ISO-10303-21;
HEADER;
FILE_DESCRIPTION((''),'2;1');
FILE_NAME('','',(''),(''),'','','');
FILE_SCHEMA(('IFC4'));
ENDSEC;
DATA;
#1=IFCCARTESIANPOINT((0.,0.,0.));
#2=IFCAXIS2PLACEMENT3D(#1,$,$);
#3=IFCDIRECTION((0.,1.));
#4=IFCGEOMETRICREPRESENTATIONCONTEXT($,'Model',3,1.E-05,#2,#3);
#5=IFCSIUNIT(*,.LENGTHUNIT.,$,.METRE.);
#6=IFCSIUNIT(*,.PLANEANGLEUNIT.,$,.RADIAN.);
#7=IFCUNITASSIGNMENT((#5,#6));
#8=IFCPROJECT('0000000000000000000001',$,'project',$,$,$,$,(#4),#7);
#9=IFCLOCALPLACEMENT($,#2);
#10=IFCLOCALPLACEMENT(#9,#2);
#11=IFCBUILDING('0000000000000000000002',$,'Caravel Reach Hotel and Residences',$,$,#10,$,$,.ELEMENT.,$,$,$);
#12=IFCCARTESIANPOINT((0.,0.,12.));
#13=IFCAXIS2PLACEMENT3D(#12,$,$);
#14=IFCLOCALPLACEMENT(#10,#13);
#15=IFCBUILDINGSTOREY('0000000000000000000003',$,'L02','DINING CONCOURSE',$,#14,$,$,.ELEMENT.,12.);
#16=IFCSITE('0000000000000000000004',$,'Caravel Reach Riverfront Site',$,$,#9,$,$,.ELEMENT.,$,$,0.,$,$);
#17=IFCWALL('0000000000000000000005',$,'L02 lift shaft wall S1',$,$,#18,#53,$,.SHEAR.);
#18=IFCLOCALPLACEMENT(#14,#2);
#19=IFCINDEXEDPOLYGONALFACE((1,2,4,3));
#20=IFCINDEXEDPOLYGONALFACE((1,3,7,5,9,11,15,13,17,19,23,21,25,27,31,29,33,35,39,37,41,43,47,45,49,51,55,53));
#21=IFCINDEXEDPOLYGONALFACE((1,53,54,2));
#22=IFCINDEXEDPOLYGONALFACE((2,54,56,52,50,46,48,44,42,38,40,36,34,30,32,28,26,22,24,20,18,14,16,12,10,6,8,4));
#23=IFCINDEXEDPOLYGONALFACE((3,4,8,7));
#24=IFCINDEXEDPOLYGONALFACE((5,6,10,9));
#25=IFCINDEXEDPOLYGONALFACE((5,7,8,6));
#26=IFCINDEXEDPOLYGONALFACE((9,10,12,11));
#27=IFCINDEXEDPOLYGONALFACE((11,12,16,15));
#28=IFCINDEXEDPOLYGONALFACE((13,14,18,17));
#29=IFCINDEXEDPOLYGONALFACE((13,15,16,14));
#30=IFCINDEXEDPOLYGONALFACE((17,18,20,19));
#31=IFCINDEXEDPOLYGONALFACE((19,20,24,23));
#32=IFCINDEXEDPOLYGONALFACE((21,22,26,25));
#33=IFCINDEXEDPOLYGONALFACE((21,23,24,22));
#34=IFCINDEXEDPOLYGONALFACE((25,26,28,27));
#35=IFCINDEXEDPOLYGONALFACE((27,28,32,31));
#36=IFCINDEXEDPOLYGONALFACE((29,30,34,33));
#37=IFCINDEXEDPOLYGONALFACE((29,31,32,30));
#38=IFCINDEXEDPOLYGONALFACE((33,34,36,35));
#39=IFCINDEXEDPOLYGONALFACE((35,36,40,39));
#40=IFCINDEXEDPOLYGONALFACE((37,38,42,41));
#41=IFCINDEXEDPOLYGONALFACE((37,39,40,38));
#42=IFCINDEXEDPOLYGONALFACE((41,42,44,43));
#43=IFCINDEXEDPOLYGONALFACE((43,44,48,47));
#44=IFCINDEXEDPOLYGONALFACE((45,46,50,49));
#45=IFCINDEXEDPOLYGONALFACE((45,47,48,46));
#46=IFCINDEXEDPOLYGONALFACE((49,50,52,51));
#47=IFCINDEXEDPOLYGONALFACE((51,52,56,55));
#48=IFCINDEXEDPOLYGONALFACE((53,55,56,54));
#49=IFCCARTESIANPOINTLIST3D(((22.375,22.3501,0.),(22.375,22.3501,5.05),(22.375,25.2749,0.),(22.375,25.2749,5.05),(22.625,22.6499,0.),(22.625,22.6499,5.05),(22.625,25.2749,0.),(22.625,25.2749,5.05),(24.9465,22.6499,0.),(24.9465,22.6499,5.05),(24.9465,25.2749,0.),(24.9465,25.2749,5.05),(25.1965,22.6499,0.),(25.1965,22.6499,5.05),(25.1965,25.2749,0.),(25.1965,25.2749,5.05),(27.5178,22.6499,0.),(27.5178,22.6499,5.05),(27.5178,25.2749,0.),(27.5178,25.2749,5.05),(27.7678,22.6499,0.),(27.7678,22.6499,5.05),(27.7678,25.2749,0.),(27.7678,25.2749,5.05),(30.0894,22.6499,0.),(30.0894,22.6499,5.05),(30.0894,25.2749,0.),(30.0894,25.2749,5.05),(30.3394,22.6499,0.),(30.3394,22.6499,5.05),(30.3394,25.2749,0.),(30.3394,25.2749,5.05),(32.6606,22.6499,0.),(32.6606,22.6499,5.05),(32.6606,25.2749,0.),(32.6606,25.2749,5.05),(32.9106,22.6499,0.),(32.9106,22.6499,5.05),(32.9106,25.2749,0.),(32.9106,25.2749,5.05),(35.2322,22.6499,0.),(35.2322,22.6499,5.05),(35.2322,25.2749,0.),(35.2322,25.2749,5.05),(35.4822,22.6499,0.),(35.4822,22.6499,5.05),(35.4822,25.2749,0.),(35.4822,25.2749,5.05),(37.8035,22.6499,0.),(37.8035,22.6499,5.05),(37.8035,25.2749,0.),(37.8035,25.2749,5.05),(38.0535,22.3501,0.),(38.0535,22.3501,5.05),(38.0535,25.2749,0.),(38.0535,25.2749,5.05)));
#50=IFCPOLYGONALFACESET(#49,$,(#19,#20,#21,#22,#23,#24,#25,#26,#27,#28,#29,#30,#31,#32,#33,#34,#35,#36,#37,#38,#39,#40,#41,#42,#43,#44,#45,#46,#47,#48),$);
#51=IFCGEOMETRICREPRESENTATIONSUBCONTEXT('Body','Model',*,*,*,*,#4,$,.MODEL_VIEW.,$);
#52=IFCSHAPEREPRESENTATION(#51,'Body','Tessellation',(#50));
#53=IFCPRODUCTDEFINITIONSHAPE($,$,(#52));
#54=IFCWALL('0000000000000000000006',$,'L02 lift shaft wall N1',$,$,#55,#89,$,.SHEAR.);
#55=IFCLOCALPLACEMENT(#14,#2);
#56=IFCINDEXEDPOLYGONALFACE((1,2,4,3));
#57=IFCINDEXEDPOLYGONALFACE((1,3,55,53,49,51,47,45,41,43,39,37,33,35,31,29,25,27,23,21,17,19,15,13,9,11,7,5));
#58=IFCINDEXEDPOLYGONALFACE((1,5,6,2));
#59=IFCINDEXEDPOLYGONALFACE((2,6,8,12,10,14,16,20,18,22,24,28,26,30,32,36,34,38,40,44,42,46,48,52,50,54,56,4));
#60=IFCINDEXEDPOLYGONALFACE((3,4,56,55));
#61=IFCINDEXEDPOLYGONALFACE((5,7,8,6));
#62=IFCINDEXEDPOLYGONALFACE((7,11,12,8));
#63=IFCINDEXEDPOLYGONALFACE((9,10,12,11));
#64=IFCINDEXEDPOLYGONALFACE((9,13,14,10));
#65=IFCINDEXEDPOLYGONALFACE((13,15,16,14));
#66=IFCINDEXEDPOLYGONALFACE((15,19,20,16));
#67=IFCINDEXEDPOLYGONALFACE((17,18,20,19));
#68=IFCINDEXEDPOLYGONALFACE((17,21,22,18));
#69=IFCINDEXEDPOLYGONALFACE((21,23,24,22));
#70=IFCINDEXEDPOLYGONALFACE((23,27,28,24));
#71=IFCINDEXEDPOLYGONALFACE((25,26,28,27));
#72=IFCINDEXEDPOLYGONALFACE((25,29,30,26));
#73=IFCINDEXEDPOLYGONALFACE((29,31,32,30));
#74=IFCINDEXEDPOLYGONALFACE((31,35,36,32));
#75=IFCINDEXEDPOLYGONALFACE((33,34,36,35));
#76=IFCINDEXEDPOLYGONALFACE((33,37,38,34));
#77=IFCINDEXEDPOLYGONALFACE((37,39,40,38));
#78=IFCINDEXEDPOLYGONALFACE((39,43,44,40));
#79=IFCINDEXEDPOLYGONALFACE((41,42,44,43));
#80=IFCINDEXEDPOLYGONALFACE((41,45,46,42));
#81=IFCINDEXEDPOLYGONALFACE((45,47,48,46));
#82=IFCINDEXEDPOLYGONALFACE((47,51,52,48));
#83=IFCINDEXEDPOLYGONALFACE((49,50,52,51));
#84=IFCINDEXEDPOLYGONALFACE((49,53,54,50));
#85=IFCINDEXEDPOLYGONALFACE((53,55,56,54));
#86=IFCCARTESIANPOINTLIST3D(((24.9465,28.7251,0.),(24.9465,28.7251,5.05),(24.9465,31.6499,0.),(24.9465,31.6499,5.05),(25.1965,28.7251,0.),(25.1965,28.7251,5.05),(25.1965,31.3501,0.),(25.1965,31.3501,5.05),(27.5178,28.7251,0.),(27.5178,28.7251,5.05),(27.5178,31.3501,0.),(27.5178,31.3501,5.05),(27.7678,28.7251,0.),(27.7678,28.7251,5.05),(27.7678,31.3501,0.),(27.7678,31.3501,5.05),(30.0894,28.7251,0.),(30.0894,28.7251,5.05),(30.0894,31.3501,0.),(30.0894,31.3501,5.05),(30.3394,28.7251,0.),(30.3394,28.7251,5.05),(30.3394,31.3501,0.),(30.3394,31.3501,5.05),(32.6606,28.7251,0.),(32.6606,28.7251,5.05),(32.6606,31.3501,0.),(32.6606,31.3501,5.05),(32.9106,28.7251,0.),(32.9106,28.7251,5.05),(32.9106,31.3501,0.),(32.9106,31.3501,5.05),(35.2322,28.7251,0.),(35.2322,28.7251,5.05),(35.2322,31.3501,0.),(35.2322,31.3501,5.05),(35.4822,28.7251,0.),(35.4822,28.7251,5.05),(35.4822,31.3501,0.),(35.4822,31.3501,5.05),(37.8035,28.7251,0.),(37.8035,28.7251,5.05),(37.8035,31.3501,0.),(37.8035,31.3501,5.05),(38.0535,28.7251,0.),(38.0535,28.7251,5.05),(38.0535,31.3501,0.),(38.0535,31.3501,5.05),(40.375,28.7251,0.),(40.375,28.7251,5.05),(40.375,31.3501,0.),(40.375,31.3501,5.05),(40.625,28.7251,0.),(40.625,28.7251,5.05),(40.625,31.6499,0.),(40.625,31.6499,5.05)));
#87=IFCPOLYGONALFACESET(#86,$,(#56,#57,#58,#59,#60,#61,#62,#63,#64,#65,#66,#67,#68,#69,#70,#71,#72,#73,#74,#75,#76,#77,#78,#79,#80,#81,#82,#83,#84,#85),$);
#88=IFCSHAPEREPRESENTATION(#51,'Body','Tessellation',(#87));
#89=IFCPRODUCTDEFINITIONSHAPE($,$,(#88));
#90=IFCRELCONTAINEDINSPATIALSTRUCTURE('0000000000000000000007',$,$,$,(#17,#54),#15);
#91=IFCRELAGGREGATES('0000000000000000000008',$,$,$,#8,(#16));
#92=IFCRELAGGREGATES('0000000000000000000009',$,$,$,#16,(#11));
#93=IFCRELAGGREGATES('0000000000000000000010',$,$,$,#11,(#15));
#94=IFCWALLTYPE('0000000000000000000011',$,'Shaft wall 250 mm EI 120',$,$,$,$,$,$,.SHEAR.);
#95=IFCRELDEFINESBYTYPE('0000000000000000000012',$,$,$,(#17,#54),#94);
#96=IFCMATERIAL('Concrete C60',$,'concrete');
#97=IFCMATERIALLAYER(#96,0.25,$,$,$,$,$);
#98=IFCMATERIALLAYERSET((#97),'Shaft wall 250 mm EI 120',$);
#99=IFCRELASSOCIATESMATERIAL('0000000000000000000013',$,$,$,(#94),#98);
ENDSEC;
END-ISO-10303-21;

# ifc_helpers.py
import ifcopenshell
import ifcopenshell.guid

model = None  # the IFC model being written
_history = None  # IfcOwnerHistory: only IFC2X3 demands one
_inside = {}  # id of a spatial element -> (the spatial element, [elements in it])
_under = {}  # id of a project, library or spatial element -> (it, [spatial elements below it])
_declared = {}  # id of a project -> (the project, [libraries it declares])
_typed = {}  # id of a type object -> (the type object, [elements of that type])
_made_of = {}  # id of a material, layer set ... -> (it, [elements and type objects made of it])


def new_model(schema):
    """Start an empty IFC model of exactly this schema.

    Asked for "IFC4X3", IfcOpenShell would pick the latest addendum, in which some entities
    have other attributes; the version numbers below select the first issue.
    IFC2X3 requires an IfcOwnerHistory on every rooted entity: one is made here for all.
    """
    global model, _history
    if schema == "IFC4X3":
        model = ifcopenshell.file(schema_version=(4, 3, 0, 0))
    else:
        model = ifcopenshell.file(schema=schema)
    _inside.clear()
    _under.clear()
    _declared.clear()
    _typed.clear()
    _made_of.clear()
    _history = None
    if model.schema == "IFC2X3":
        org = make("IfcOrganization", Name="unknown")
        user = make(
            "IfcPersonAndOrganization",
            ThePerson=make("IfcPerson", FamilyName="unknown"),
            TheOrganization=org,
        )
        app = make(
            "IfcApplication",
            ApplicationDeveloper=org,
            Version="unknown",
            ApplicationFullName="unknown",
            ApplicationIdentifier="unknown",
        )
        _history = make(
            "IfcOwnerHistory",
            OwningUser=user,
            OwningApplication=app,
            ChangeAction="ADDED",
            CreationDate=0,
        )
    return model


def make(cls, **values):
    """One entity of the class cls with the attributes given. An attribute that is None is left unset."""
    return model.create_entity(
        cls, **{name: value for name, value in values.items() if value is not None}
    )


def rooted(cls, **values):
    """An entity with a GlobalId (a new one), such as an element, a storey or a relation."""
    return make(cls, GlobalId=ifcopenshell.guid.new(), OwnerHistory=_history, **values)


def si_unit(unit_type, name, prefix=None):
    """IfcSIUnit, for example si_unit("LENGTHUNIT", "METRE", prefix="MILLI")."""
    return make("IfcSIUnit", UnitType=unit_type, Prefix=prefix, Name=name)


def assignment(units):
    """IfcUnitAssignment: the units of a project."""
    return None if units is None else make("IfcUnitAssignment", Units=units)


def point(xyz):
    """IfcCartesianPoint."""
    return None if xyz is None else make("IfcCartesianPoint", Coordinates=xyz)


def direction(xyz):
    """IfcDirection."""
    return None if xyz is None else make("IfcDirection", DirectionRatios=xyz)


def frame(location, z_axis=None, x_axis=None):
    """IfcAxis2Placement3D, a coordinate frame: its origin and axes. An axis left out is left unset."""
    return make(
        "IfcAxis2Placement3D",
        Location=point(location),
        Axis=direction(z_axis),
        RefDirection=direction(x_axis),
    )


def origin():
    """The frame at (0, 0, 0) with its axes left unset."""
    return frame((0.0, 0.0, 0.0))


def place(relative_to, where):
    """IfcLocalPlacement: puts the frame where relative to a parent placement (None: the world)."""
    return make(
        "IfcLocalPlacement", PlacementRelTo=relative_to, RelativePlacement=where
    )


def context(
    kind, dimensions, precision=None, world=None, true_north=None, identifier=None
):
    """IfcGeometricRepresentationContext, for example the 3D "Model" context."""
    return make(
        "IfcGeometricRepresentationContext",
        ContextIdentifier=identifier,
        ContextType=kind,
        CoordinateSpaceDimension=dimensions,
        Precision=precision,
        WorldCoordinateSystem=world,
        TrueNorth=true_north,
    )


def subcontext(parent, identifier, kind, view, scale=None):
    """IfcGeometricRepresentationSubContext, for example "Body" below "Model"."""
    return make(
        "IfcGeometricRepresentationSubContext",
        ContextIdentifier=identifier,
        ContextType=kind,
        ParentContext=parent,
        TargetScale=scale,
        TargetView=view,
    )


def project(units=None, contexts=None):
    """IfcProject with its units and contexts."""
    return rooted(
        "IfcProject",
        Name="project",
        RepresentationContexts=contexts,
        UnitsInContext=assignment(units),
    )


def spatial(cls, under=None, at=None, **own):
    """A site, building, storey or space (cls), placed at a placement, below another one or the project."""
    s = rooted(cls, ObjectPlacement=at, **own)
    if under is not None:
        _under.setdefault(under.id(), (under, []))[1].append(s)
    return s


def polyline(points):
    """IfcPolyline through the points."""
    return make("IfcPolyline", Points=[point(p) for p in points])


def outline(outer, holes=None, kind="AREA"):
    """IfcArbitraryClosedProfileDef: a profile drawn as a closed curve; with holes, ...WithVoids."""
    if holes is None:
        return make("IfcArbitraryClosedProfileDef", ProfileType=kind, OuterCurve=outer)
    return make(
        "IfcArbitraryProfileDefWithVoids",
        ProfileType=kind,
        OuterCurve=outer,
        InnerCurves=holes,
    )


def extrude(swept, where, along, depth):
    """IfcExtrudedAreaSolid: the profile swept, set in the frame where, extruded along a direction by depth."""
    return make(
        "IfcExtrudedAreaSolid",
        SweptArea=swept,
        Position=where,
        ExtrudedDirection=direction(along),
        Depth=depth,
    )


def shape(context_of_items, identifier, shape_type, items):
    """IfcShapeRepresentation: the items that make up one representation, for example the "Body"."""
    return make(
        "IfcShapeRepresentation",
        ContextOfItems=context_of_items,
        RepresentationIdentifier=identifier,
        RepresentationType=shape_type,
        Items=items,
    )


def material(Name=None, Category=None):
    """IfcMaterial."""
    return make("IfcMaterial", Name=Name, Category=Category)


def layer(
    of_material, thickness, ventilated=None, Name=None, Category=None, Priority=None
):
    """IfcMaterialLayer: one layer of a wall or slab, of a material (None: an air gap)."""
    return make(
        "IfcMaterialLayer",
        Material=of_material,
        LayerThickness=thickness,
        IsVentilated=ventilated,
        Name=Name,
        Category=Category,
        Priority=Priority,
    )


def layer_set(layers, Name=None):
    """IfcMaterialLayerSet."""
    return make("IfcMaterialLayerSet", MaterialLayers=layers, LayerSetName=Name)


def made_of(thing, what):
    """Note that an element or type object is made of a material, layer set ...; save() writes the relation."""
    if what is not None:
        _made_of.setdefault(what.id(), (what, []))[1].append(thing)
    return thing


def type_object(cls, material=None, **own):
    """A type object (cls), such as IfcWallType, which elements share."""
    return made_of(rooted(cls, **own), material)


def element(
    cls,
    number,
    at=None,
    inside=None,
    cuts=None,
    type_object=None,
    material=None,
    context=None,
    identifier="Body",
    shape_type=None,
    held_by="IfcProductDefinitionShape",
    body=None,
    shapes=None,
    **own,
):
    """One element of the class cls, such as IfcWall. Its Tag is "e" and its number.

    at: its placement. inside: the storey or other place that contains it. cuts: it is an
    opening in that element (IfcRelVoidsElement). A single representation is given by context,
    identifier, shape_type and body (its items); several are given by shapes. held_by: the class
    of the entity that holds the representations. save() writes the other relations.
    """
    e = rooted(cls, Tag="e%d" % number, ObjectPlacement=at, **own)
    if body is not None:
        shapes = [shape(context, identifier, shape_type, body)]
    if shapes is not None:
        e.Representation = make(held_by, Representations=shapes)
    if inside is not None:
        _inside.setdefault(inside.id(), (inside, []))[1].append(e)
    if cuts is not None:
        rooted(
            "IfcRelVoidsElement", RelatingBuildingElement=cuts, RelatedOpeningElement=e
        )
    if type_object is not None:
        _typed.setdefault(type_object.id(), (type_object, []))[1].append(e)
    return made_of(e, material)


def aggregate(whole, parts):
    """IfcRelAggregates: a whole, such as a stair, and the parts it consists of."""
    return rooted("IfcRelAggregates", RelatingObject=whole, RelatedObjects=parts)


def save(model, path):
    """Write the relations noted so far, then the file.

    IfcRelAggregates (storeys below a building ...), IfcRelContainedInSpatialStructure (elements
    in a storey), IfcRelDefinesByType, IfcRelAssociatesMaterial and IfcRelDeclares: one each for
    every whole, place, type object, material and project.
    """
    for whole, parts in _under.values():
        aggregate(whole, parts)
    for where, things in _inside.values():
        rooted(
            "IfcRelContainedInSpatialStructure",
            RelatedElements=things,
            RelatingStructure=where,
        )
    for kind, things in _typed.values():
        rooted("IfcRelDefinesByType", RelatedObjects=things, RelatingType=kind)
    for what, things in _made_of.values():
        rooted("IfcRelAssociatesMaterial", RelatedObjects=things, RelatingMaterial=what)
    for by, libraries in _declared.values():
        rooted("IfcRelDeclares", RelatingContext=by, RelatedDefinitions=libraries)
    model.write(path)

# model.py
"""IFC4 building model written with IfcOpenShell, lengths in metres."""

from ifc_helpers import new_model, si_unit, direction, frame, origin, place, context, subcontext, project, spatial, polyline, outline, extrude, material, layer, layer_set, type_object, element, save


model = new_model("IFC4")

# Units and contexts
model_context = context("Model", 3, precision=1e-05, world=origin(), true_north=direction((0.0, 1.0)))
body_context = subcontext(model_context, "Body", "Model", "MODEL_VIEW")
ifc_project = project(units=[si_unit("LENGTHUNIT", "METRE"), si_unit("PLANEANGLEUNIT", "RADIAN")], contexts=[model_context])

# Site, building, storey
site_placement = place(None, origin())
site = spatial("IfcSite", under=ifc_project, at=site_placement, Name="Caravel Reach Riverfront Site", CompositionType="ELEMENT", RefElevation=0.0)
building_placement = place(site_placement, origin())
building = spatial("IfcBuilding", under=site, at=building_placement, Name="Caravel Reach Hotel and Residences", CompositionType="ELEMENT")
storey_placement = place(building_placement, frame((0.0, 0.0, 12.0)))
storey = spatial("IfcBuildingStorey", under=building, at=storey_placement, Name="L02", Description="DINING CONCOURSE", CompositionType="ELEMENT", Elevation=12.0)

# Walls
ifc_material_1 = material(Name="Concrete C60", Category="concrete")
ifc_layer_1 = layer(ifc_material_1, 0.25)
ifc_layer_set_1 = layer_set([ifc_layer_1], Name="Shaft wall 250 mm EI 120")
wall_type_1 = type_object("IfcWallType", Name="Shaft wall 250 mm EI 120", PredefinedType="SHEAR", material=ifc_layer_set_1)
wall_1_placement = place(storey_placement, origin())
element("IfcWall", 1, at=wall_1_placement, inside=storey, type_object=wall_type_1, Name="L02 lift shaft wall S1", PredefinedType="SHEAR", context=body_context, shape_type="SweptSolid", body=[
    extrude(outline(polyline([(22.375, 22.3501), (38.0535, 22.3501), (38.0535, 25.2749), (37.8035, 25.2749), (37.8035, 22.6499), (35.4822, 22.6499), (35.4822, 25.2749), (35.2322, 25.2749), (35.2322, 22.6499), (32.9106, 22.6499), (32.9106, 25.2749), (32.6606, 25.2749), (32.6606, 22.6499), (30.3394, 22.6499), (30.3394, 25.2749), (30.0894, 25.2749), (30.0894, 22.6499), (27.7678, 22.6499), (27.7678, 25.2749), (27.5178, 25.2749), (27.5178, 22.6499), (25.1965, 22.6499), (25.1965, 25.2749), (24.9465, 25.2749), (24.9465, 22.6499), (22.625, 22.6499), (22.625, 25.2749), (22.375, 25.2749), (22.375, 22.3501)])), origin(), (0.0, 0.0, 1.0), 5.05),
])
wall_2_placement = place(storey_placement, origin())
element("IfcWall", 2, at=wall_2_placement, inside=storey, type_object=wall_type_1, Name="L02 lift shaft wall N1", PredefinedType="SHEAR", context=body_context, shape_type="SweptSolid", body=[
    extrude(outline(polyline([(24.9465, 28.7251), (25.1965, 28.7251), (25.1965, 31.3501), (27.5178, 31.3501), (27.5178, 28.7251), (27.7678, 28.7251), (27.7678, 31.3501), (30.0894, 31.3501), (30.0894, 28.7251), (30.3394, 28.7251), (30.3394, 31.3501), (32.6606, 31.3501), (32.6606, 28.7251), (32.9106, 28.7251), (32.9106, 31.3501), (35.2322, 31.3501), (35.2322, 28.7251), (35.4822, 28.7251), (35.4822, 31.3501), (37.8035, 31.3501), (37.8035, 28.7251), (38.0535, 28.7251), (38.0535, 31.3501), (40.375, 31.3501), (40.375, 28.7251), (40.625, 28.7251), (40.625, 31.6499), (24.9465, 31.6499), (24.9465, 28.7251)])), origin(), (0.0, 0.0, 1.0), 5.05),
])

save(model, "model.ifc")
